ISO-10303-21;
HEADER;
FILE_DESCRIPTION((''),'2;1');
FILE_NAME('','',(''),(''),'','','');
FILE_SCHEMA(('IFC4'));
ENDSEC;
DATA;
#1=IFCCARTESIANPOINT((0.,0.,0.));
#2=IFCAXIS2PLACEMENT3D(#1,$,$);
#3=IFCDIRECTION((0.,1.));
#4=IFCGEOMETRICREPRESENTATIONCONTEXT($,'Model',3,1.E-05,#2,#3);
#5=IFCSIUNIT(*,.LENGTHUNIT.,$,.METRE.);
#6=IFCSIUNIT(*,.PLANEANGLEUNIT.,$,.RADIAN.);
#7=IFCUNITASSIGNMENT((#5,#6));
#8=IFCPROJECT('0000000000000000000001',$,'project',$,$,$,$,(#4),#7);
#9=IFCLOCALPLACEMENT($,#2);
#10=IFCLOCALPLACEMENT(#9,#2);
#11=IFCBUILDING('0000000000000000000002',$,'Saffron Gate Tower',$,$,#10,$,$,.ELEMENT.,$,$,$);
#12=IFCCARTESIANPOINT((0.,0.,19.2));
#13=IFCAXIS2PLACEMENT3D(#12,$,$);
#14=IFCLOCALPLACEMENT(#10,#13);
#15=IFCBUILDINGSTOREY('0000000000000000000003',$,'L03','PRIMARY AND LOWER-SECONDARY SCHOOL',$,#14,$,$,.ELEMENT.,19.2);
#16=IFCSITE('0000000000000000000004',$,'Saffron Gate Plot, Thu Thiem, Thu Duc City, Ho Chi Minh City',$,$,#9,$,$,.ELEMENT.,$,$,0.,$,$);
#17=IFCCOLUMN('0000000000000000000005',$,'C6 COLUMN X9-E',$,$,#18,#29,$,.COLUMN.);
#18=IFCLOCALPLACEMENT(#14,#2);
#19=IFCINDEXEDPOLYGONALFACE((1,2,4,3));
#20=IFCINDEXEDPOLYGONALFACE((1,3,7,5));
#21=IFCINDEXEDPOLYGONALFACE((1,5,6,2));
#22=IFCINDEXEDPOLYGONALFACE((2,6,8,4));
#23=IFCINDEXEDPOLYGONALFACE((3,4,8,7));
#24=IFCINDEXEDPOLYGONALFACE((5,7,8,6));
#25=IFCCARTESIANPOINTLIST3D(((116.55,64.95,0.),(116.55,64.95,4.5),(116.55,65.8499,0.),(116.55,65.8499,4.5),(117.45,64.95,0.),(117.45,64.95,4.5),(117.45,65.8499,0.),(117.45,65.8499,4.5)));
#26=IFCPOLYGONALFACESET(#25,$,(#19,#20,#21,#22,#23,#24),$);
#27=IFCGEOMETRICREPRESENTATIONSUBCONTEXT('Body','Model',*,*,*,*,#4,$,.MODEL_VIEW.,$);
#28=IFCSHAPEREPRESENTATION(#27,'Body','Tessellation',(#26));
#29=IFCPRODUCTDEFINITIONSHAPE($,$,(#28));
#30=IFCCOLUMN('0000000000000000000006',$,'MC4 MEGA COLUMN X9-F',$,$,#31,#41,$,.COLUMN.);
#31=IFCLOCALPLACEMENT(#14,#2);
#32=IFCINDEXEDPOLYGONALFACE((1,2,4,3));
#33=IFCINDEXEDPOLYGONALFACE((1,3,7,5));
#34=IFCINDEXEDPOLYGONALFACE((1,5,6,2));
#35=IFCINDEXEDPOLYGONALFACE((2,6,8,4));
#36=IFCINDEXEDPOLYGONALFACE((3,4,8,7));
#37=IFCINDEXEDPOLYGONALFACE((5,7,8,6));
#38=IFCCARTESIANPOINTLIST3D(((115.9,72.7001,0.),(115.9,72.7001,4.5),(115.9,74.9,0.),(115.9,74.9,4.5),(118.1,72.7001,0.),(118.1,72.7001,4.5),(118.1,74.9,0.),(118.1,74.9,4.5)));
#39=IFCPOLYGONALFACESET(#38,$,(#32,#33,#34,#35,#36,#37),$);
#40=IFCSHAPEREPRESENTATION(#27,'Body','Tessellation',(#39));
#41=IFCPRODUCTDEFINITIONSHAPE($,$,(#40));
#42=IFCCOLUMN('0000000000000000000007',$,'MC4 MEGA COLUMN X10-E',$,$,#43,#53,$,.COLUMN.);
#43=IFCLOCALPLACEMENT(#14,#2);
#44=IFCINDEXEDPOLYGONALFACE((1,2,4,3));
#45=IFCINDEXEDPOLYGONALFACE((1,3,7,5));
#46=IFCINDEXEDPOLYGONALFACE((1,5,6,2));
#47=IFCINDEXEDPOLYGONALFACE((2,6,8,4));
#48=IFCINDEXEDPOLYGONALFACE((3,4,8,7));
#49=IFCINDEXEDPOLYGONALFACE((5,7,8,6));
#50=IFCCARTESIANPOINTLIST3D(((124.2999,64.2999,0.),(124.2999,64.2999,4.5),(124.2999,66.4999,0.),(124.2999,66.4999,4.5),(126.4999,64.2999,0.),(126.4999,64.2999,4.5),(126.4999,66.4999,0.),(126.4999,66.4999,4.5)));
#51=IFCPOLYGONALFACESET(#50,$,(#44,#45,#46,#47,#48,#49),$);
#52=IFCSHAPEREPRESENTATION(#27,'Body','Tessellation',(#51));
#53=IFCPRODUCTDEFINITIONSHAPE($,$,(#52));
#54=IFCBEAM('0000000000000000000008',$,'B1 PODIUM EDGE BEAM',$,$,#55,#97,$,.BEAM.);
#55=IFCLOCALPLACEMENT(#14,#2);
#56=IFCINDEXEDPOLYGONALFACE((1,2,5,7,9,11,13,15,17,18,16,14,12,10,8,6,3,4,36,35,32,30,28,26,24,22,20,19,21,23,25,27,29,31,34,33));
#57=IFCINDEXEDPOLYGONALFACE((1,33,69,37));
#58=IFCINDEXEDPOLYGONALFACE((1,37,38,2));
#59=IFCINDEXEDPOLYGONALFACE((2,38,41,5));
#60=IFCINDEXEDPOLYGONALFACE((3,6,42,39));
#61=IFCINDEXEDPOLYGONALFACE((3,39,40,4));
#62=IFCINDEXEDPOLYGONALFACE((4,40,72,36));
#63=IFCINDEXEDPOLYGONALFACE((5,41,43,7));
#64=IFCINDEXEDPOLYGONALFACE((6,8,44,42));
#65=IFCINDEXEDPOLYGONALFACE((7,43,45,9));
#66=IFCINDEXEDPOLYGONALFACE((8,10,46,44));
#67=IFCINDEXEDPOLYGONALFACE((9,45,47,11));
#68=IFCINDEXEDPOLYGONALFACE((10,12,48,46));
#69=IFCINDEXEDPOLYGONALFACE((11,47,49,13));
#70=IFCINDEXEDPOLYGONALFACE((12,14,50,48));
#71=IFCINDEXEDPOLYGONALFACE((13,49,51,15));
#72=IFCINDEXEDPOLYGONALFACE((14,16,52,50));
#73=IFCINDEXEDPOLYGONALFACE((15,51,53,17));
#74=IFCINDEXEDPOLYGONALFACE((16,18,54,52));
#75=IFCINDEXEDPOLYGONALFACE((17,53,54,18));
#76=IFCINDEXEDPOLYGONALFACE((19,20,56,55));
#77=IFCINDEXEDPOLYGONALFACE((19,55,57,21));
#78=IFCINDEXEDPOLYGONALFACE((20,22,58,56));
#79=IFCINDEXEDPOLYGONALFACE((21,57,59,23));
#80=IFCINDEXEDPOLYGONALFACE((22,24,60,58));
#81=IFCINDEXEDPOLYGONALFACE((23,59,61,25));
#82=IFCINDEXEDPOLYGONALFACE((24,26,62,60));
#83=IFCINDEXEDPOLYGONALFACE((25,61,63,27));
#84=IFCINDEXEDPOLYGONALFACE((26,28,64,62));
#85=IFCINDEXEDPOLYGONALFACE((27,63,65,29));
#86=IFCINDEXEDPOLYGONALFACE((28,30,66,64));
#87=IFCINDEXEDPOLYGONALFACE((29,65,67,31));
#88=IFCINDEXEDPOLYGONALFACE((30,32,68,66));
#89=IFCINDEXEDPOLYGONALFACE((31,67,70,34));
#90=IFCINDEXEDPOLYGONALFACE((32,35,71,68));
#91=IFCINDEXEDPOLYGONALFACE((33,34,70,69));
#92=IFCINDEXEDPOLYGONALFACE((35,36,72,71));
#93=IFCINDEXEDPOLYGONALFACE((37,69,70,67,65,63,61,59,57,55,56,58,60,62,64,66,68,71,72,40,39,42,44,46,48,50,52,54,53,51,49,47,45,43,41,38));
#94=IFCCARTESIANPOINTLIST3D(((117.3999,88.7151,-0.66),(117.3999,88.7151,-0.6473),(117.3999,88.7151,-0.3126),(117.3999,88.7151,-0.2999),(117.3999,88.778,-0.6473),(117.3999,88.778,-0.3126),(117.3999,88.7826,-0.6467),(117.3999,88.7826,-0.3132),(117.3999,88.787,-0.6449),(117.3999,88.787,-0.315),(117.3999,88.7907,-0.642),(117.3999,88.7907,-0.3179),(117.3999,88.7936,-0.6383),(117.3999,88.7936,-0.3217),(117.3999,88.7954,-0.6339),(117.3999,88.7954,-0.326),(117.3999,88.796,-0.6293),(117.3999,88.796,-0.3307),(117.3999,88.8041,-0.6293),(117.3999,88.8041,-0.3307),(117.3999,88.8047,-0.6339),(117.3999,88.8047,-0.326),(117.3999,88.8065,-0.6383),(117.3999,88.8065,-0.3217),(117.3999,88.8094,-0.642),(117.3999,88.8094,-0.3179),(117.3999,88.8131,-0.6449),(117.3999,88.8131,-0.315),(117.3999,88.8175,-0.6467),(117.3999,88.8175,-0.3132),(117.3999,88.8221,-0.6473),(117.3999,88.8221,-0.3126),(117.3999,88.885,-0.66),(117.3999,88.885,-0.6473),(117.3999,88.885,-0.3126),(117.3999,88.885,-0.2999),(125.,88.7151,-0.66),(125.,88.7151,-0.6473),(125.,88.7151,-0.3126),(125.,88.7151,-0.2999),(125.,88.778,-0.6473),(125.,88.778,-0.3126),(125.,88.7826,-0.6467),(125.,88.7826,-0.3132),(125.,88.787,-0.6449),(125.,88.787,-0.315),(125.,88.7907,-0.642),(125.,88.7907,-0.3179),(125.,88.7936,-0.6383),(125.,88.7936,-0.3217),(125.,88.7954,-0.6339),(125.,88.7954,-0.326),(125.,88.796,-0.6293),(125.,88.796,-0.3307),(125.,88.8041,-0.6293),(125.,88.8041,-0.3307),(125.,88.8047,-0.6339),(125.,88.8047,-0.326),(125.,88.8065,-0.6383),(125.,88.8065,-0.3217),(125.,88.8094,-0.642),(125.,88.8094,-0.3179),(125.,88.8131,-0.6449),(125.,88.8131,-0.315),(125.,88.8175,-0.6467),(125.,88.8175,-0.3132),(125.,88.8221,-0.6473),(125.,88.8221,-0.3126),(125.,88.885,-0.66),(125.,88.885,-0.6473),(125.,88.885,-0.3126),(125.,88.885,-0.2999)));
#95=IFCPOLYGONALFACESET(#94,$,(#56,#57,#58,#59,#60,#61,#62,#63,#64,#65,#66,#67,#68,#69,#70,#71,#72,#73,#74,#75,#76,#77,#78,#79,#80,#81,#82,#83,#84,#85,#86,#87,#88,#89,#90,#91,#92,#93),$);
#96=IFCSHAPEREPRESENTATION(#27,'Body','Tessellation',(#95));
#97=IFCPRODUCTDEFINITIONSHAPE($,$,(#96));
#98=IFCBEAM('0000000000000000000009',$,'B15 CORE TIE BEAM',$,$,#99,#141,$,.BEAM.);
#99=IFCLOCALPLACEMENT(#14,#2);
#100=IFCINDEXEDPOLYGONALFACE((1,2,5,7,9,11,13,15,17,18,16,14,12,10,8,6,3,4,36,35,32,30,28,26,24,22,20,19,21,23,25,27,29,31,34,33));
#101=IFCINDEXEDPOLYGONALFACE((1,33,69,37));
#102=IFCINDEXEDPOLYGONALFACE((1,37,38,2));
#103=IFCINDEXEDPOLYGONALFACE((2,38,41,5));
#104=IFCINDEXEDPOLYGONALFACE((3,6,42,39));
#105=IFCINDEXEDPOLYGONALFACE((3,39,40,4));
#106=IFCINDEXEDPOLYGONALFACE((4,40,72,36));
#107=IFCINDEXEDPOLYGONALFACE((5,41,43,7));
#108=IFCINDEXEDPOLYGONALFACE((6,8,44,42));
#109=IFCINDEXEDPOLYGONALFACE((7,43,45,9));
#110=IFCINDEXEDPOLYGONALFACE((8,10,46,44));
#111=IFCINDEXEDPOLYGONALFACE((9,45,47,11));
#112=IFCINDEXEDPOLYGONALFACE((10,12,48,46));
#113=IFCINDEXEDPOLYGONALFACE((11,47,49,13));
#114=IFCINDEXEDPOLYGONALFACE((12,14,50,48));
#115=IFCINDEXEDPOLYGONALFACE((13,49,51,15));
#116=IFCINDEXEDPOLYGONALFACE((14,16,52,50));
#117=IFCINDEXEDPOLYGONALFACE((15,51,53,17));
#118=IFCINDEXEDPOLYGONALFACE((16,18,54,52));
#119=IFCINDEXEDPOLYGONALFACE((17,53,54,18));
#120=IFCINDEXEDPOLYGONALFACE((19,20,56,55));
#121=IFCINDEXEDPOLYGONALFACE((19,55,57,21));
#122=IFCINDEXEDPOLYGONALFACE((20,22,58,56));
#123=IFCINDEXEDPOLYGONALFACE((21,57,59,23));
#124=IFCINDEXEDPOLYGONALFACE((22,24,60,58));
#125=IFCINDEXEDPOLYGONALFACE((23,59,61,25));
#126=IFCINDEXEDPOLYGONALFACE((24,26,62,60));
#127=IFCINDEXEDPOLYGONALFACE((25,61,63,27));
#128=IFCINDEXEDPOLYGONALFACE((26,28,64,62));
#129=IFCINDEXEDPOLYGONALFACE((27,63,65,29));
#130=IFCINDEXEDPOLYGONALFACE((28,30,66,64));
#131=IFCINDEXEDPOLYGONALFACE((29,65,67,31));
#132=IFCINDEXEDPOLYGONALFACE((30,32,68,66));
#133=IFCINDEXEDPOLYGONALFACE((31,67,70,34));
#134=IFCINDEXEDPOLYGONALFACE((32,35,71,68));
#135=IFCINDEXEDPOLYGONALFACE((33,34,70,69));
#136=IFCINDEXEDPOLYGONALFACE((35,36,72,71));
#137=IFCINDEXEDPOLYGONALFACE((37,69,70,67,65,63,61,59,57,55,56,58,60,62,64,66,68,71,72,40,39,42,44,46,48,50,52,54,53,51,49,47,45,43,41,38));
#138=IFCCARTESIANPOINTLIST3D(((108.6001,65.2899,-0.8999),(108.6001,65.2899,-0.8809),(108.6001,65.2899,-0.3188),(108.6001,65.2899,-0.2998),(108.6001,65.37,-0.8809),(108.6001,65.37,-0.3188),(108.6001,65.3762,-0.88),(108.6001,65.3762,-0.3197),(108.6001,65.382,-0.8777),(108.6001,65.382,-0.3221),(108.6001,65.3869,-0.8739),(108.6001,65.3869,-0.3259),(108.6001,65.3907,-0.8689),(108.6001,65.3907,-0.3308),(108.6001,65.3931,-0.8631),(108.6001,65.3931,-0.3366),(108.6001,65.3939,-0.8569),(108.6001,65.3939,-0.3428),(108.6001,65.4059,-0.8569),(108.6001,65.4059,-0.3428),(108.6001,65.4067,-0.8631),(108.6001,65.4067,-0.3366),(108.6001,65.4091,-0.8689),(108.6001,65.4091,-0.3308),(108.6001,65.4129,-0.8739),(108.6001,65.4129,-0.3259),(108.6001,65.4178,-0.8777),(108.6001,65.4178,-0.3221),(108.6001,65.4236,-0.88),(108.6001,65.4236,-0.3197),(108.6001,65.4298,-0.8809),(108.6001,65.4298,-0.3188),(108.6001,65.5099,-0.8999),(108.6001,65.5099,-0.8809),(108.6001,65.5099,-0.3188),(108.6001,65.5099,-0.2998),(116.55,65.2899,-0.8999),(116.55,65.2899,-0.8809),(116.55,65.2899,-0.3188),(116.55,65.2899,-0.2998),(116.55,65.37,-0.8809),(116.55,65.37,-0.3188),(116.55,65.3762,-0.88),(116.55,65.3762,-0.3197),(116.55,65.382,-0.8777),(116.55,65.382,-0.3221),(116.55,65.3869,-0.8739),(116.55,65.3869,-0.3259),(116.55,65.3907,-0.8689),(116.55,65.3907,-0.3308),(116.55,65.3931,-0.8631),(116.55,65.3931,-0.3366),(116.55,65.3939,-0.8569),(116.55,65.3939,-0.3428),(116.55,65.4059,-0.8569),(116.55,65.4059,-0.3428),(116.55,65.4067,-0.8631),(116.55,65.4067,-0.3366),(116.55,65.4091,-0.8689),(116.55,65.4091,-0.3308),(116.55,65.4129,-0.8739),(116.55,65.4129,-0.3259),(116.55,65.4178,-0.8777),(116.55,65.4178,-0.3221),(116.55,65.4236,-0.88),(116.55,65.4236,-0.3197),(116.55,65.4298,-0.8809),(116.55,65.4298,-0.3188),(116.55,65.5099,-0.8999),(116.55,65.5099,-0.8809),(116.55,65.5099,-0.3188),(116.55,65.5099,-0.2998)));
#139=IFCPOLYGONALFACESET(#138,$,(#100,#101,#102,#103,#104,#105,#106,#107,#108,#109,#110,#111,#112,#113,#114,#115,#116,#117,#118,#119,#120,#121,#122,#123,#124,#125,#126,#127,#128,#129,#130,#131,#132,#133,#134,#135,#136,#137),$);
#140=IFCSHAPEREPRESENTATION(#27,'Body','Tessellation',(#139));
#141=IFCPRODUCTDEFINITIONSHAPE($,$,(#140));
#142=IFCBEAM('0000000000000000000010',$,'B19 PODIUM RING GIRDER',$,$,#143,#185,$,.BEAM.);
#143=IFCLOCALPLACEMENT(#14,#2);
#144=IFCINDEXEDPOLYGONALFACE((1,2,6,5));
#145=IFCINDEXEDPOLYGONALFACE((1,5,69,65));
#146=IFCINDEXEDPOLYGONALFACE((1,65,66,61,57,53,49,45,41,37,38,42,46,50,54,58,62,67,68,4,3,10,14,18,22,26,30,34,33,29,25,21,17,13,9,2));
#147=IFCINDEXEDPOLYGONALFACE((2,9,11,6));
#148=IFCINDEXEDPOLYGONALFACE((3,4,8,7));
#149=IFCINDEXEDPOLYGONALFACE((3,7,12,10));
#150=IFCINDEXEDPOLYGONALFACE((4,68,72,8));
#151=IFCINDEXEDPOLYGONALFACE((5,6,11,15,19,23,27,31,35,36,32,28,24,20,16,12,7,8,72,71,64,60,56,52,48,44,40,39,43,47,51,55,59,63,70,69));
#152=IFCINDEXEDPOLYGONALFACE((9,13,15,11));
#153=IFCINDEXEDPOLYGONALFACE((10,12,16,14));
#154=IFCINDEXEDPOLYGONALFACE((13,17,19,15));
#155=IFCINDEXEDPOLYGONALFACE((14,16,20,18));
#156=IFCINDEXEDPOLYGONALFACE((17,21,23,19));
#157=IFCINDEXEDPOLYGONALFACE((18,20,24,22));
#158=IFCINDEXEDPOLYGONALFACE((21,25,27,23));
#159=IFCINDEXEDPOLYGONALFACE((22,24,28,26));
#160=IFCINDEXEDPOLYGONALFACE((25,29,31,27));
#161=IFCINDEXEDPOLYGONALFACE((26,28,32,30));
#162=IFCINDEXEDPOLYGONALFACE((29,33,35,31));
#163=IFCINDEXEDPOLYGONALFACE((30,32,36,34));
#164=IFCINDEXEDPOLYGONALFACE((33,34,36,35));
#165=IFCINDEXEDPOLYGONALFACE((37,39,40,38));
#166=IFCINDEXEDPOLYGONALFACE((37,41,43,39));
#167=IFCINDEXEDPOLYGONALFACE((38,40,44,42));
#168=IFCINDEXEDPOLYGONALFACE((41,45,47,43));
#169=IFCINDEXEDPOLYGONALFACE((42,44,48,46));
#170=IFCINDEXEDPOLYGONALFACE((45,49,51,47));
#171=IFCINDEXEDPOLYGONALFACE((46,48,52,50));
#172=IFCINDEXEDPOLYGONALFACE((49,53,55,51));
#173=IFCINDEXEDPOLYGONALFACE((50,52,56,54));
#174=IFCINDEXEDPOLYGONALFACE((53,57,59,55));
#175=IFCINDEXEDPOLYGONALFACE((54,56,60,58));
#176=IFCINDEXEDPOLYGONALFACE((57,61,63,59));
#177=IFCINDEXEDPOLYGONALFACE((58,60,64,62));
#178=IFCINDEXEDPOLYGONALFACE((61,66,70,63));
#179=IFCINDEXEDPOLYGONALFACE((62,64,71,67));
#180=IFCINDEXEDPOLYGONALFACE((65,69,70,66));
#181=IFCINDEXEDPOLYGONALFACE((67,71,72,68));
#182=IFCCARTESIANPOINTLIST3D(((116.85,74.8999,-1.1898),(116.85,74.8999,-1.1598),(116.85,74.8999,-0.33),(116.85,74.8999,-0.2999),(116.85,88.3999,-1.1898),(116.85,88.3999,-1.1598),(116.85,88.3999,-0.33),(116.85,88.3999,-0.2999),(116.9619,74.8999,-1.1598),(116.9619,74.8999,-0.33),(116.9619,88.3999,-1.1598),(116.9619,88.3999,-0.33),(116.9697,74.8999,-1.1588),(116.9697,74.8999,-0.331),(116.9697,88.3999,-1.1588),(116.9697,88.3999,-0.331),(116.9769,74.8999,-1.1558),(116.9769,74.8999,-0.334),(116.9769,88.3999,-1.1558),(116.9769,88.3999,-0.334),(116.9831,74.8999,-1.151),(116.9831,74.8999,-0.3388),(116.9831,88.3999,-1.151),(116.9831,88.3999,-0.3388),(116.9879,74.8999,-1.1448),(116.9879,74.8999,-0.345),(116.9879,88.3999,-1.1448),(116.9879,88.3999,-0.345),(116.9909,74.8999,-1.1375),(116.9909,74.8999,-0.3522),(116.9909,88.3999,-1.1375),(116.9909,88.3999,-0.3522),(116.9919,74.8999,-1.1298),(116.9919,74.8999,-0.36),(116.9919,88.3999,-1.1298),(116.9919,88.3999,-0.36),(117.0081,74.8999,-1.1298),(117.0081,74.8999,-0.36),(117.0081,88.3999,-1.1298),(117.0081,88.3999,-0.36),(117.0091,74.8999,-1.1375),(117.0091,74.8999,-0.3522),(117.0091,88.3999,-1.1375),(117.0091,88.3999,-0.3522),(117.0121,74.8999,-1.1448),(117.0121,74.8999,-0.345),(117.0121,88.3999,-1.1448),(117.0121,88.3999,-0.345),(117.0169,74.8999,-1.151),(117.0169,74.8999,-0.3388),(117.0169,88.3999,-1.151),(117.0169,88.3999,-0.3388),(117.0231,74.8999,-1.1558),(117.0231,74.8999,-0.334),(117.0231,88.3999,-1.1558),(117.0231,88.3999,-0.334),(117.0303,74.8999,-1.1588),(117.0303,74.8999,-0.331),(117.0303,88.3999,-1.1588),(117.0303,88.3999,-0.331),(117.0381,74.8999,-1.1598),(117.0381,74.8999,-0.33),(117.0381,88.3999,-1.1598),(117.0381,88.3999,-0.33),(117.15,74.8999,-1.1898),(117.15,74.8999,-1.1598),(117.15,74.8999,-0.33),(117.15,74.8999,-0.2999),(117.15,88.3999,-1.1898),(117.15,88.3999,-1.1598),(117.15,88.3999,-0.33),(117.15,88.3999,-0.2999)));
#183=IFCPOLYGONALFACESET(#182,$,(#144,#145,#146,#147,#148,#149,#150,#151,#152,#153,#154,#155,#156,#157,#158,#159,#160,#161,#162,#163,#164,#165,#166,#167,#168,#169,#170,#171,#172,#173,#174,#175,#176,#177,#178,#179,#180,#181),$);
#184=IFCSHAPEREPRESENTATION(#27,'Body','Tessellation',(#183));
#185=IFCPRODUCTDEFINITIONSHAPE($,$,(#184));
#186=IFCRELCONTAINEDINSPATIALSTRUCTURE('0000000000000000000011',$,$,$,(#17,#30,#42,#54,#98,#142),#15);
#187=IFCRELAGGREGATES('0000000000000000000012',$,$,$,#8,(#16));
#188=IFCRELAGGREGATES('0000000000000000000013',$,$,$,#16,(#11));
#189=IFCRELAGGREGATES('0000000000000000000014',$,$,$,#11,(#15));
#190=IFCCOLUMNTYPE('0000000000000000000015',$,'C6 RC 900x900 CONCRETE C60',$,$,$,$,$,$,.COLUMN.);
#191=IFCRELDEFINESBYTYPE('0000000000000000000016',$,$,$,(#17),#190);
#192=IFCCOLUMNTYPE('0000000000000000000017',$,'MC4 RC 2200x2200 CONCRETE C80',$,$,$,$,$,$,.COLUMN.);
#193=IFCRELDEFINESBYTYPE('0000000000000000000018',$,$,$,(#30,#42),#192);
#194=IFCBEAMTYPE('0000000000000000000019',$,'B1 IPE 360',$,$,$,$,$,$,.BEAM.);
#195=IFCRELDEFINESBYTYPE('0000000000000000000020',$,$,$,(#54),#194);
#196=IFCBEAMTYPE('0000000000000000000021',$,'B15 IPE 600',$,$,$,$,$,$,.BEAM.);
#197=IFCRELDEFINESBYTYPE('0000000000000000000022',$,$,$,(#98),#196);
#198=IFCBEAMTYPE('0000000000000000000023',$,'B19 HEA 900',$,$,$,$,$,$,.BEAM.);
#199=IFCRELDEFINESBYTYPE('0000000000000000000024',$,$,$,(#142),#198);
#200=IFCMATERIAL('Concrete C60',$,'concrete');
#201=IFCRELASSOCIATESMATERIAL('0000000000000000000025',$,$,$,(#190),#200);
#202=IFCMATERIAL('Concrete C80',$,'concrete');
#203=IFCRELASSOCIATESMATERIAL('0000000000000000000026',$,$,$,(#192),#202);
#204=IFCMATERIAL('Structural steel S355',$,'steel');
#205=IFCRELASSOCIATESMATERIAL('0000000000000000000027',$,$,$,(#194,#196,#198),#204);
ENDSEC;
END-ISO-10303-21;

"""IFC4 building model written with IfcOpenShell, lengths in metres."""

from ifc_helpers import new_model, si_unit, direction, frame, origin, origin_2d, place, context, subcontext, project, spatial, rectangle, i_section, extrude, material, material_profile, profile_set, type_object, element, save


model = new_model("IFC4")

# Units and contexts
model_context = context("Model", 3, precision=1e-05, world=origin(), true_north=direction((0.0, 1.0)))
body_context = subcontext(model_context, "Body", "Model", "MODEL_VIEW")
ifc_project = project(units=[si_unit("LENGTHUNIT", "METRE"), si_unit("PLANEANGLEUNIT", "RADIAN")], contexts=[model_context])

# Site, building, storey
site_placement = place(None, origin())
site = spatial("IfcSite", under=ifc_project, at=site_placement, Name="Saffron Gate Plot, Thu Thiem, Thu Duc City, Ho Chi Minh City", CompositionType="ELEMENT", RefElevation=0.0)
building_placement = place(site_placement, origin())
building = spatial("IfcBuilding", under=site, at=building_placement, Name="Saffron Gate Tower", CompositionType="ELEMENT")
storey_placement = place(building_placement, frame((0.0, 0.0, 19.2)))
storey = spatial("IfcBuildingStorey", under=building, at=storey_placement, Name="L03", Description="PRIMARY AND LOWER-SECONDARY SCHOOL", CompositionType="ELEMENT", Elevation=19.2)

# Columns
ifc_material_1 = material(Name="Concrete C60", Category="concrete")
ifc_material_profile_1 = material_profile(ifc_material_1, rectangle(XDim=0.8999, YDim=0.8999, at=origin_2d()))
ifc_profile_set_1 = profile_set([ifc_material_profile_1], Name="Concrete C60")
column_type_1 = type_object("IfcColumnType", Name="C6 RC 900x900 CONCRETE C60", PredefinedType="COLUMN", material=ifc_profile_set_1)
column_placement = place(storey_placement, frame((117.0, 65.3999, 0.0), z_axis=(0.0, 0.0, 1.0), x_axis=(1.0, 0.0, 0.0)))
element("IfcColumn", 1, at=column_placement, inside=storey, type_object=column_type_1, Name="C6 COLUMN X9-E", PredefinedType="COLUMN", context=body_context, shape_type="SweptSolid", body=[
    extrude(rectangle(XDim=0.8999, YDim=0.8999, at=origin_2d()), origin(), (0.0, 0.0, 1.0), 4.5),
])
ifc_material_2 = material(Name="Concrete C80", Category="concrete")
ifc_material_profile_2 = material_profile(ifc_material_2, rectangle(XDim=2.2, YDim=2.2, at=origin_2d()))
ifc_profile_set_2 = profile_set([ifc_material_profile_2], Name="Concrete C80")
column_type_2 = type_object("IfcColumnType", Name="MC4 RC 2200x2200 CONCRETE C80", PredefinedType="COLUMN", material=ifc_profile_set_2)
for number, where, z_axis, x_axis, name in (
    (2, (117.0, 73.8, 0.0), (0.0, 0.0, 1.0), (1.0, 0.0, 0.0), "MC4 MEGA COLUMN X9-F"),
    (3, (125.3999, 65.3999, 0.0), (0.0, 0.0, 1.0), (1.0, 0.0, 0.0), "MC4 MEGA COLUMN X10-E"),
):
    element("IfcColumn", number, at=place(storey_placement, frame(where, z_axis=z_axis, x_axis=x_axis)), inside=storey, type_object=column_type_2, Name=name, PredefinedType="COLUMN", context=body_context, shape_type="SweptSolid", body=[
        extrude(rectangle(XDim=2.2, YDim=2.2, at=origin_2d()), origin(), (0.0, 0.0, 1.0), 4.5),
    ])

# Beams
ifc_material_3 = material(Name="Structural steel S355", Category="steel")
ifc_material_profile_3 = material_profile(ifc_material_3, i_section(OverallWidth=0.1699, OverallDepth=0.3601, WebThickness=0.0081, FlangeThickness=0.0127, FilletRadius=0.0181, at=origin_2d()))
ifc_profile_set_3 = profile_set([ifc_material_profile_3], Name="Structural steel S355")
beam_type_1 = type_object("IfcBeamType", Name="B1 IPE 360", PredefinedType="BEAM", material=ifc_profile_set_3)
beam_1_placement = place(storey_placement, frame((117.3999, 88.8, -0.48), z_axis=(1.0, 0.0, 0.0), x_axis=(0.0, 1.0, 0.0)))
element("IfcBeam", 4, at=beam_1_placement, inside=storey, type_object=beam_type_1, Name="B1 PODIUM EDGE BEAM", PredefinedType="BEAM", context=body_context, shape_type="SweptSolid", body=[
    extrude(i_section(OverallWidth=0.1699, OverallDepth=0.3601, WebThickness=0.0081, FlangeThickness=0.0127, FilletRadius=0.0181, at=origin_2d()), origin(), (0.0, 0.0, 1.0), 7.6001),
])
ifc_material_profile_4 = material_profile(ifc_material_3, i_section(OverallWidth=0.22, OverallDepth=0.6001, WebThickness=0.012, FlangeThickness=0.019, FilletRadius=0.0239, at=origin_2d()))
ifc_profile_set_4 = profile_set([ifc_material_profile_4], Name="Structural steel S355")
beam_type_2 = type_object("IfcBeamType", Name="B15 IPE 600", PredefinedType="BEAM", material=ifc_profile_set_4)
beam_2_placement = place(storey_placement, frame((116.55, 65.3999, -0.5999), z_axis=(-1.0, 0.0, 0.0), x_axis=(0.0, -1.0, 0.0)))
element("IfcBeam", 5, at=beam_2_placement, inside=storey, type_object=beam_type_2, Name="B15 CORE TIE BEAM", PredefinedType="BEAM", context=body_context, shape_type="SweptSolid", body=[
    extrude(i_section(OverallWidth=0.22, OverallDepth=0.6001, WebThickness=0.012, FlangeThickness=0.019, FilletRadius=0.0239, at=origin_2d()), origin(), (0.0, 0.0, 1.0), 7.95),
])
ifc_material_profile_5 = material_profile(ifc_material_3, i_section(OverallWidth=0.3, OverallDepth=0.8899, WebThickness=0.0161, FlangeThickness=0.03, FilletRadius=0.03, at=origin_2d()))
ifc_profile_set_5 = profile_set([ifc_material_profile_5], Name="Structural steel S355")
beam_type_3 = type_object("IfcBeamType", Name="B19 HEA 900", PredefinedType="BEAM", material=ifc_profile_set_5)
beam_3_placement = place(storey_placement, frame((117.0, 88.3999, -0.7449), z_axis=(0.0, -1.0, 0.0), x_axis=(1.0, 0.0, 0.0)))
element("IfcBeam", 6, at=beam_3_placement, inside=storey, type_object=beam_type_3, Name="B19 PODIUM RING GIRDER", PredefinedType="BEAM", context=body_context, shape_type="SweptSolid", body=[
    extrude(i_section(OverallWidth=0.3, OverallDepth=0.8899, WebThickness=0.0161, FlangeThickness=0.03, FilletRadius=0.03, at=origin_2d()), origin(), (0.0, 0.0, 1.0), 13.5),
])

save(model, "model.ifc")
